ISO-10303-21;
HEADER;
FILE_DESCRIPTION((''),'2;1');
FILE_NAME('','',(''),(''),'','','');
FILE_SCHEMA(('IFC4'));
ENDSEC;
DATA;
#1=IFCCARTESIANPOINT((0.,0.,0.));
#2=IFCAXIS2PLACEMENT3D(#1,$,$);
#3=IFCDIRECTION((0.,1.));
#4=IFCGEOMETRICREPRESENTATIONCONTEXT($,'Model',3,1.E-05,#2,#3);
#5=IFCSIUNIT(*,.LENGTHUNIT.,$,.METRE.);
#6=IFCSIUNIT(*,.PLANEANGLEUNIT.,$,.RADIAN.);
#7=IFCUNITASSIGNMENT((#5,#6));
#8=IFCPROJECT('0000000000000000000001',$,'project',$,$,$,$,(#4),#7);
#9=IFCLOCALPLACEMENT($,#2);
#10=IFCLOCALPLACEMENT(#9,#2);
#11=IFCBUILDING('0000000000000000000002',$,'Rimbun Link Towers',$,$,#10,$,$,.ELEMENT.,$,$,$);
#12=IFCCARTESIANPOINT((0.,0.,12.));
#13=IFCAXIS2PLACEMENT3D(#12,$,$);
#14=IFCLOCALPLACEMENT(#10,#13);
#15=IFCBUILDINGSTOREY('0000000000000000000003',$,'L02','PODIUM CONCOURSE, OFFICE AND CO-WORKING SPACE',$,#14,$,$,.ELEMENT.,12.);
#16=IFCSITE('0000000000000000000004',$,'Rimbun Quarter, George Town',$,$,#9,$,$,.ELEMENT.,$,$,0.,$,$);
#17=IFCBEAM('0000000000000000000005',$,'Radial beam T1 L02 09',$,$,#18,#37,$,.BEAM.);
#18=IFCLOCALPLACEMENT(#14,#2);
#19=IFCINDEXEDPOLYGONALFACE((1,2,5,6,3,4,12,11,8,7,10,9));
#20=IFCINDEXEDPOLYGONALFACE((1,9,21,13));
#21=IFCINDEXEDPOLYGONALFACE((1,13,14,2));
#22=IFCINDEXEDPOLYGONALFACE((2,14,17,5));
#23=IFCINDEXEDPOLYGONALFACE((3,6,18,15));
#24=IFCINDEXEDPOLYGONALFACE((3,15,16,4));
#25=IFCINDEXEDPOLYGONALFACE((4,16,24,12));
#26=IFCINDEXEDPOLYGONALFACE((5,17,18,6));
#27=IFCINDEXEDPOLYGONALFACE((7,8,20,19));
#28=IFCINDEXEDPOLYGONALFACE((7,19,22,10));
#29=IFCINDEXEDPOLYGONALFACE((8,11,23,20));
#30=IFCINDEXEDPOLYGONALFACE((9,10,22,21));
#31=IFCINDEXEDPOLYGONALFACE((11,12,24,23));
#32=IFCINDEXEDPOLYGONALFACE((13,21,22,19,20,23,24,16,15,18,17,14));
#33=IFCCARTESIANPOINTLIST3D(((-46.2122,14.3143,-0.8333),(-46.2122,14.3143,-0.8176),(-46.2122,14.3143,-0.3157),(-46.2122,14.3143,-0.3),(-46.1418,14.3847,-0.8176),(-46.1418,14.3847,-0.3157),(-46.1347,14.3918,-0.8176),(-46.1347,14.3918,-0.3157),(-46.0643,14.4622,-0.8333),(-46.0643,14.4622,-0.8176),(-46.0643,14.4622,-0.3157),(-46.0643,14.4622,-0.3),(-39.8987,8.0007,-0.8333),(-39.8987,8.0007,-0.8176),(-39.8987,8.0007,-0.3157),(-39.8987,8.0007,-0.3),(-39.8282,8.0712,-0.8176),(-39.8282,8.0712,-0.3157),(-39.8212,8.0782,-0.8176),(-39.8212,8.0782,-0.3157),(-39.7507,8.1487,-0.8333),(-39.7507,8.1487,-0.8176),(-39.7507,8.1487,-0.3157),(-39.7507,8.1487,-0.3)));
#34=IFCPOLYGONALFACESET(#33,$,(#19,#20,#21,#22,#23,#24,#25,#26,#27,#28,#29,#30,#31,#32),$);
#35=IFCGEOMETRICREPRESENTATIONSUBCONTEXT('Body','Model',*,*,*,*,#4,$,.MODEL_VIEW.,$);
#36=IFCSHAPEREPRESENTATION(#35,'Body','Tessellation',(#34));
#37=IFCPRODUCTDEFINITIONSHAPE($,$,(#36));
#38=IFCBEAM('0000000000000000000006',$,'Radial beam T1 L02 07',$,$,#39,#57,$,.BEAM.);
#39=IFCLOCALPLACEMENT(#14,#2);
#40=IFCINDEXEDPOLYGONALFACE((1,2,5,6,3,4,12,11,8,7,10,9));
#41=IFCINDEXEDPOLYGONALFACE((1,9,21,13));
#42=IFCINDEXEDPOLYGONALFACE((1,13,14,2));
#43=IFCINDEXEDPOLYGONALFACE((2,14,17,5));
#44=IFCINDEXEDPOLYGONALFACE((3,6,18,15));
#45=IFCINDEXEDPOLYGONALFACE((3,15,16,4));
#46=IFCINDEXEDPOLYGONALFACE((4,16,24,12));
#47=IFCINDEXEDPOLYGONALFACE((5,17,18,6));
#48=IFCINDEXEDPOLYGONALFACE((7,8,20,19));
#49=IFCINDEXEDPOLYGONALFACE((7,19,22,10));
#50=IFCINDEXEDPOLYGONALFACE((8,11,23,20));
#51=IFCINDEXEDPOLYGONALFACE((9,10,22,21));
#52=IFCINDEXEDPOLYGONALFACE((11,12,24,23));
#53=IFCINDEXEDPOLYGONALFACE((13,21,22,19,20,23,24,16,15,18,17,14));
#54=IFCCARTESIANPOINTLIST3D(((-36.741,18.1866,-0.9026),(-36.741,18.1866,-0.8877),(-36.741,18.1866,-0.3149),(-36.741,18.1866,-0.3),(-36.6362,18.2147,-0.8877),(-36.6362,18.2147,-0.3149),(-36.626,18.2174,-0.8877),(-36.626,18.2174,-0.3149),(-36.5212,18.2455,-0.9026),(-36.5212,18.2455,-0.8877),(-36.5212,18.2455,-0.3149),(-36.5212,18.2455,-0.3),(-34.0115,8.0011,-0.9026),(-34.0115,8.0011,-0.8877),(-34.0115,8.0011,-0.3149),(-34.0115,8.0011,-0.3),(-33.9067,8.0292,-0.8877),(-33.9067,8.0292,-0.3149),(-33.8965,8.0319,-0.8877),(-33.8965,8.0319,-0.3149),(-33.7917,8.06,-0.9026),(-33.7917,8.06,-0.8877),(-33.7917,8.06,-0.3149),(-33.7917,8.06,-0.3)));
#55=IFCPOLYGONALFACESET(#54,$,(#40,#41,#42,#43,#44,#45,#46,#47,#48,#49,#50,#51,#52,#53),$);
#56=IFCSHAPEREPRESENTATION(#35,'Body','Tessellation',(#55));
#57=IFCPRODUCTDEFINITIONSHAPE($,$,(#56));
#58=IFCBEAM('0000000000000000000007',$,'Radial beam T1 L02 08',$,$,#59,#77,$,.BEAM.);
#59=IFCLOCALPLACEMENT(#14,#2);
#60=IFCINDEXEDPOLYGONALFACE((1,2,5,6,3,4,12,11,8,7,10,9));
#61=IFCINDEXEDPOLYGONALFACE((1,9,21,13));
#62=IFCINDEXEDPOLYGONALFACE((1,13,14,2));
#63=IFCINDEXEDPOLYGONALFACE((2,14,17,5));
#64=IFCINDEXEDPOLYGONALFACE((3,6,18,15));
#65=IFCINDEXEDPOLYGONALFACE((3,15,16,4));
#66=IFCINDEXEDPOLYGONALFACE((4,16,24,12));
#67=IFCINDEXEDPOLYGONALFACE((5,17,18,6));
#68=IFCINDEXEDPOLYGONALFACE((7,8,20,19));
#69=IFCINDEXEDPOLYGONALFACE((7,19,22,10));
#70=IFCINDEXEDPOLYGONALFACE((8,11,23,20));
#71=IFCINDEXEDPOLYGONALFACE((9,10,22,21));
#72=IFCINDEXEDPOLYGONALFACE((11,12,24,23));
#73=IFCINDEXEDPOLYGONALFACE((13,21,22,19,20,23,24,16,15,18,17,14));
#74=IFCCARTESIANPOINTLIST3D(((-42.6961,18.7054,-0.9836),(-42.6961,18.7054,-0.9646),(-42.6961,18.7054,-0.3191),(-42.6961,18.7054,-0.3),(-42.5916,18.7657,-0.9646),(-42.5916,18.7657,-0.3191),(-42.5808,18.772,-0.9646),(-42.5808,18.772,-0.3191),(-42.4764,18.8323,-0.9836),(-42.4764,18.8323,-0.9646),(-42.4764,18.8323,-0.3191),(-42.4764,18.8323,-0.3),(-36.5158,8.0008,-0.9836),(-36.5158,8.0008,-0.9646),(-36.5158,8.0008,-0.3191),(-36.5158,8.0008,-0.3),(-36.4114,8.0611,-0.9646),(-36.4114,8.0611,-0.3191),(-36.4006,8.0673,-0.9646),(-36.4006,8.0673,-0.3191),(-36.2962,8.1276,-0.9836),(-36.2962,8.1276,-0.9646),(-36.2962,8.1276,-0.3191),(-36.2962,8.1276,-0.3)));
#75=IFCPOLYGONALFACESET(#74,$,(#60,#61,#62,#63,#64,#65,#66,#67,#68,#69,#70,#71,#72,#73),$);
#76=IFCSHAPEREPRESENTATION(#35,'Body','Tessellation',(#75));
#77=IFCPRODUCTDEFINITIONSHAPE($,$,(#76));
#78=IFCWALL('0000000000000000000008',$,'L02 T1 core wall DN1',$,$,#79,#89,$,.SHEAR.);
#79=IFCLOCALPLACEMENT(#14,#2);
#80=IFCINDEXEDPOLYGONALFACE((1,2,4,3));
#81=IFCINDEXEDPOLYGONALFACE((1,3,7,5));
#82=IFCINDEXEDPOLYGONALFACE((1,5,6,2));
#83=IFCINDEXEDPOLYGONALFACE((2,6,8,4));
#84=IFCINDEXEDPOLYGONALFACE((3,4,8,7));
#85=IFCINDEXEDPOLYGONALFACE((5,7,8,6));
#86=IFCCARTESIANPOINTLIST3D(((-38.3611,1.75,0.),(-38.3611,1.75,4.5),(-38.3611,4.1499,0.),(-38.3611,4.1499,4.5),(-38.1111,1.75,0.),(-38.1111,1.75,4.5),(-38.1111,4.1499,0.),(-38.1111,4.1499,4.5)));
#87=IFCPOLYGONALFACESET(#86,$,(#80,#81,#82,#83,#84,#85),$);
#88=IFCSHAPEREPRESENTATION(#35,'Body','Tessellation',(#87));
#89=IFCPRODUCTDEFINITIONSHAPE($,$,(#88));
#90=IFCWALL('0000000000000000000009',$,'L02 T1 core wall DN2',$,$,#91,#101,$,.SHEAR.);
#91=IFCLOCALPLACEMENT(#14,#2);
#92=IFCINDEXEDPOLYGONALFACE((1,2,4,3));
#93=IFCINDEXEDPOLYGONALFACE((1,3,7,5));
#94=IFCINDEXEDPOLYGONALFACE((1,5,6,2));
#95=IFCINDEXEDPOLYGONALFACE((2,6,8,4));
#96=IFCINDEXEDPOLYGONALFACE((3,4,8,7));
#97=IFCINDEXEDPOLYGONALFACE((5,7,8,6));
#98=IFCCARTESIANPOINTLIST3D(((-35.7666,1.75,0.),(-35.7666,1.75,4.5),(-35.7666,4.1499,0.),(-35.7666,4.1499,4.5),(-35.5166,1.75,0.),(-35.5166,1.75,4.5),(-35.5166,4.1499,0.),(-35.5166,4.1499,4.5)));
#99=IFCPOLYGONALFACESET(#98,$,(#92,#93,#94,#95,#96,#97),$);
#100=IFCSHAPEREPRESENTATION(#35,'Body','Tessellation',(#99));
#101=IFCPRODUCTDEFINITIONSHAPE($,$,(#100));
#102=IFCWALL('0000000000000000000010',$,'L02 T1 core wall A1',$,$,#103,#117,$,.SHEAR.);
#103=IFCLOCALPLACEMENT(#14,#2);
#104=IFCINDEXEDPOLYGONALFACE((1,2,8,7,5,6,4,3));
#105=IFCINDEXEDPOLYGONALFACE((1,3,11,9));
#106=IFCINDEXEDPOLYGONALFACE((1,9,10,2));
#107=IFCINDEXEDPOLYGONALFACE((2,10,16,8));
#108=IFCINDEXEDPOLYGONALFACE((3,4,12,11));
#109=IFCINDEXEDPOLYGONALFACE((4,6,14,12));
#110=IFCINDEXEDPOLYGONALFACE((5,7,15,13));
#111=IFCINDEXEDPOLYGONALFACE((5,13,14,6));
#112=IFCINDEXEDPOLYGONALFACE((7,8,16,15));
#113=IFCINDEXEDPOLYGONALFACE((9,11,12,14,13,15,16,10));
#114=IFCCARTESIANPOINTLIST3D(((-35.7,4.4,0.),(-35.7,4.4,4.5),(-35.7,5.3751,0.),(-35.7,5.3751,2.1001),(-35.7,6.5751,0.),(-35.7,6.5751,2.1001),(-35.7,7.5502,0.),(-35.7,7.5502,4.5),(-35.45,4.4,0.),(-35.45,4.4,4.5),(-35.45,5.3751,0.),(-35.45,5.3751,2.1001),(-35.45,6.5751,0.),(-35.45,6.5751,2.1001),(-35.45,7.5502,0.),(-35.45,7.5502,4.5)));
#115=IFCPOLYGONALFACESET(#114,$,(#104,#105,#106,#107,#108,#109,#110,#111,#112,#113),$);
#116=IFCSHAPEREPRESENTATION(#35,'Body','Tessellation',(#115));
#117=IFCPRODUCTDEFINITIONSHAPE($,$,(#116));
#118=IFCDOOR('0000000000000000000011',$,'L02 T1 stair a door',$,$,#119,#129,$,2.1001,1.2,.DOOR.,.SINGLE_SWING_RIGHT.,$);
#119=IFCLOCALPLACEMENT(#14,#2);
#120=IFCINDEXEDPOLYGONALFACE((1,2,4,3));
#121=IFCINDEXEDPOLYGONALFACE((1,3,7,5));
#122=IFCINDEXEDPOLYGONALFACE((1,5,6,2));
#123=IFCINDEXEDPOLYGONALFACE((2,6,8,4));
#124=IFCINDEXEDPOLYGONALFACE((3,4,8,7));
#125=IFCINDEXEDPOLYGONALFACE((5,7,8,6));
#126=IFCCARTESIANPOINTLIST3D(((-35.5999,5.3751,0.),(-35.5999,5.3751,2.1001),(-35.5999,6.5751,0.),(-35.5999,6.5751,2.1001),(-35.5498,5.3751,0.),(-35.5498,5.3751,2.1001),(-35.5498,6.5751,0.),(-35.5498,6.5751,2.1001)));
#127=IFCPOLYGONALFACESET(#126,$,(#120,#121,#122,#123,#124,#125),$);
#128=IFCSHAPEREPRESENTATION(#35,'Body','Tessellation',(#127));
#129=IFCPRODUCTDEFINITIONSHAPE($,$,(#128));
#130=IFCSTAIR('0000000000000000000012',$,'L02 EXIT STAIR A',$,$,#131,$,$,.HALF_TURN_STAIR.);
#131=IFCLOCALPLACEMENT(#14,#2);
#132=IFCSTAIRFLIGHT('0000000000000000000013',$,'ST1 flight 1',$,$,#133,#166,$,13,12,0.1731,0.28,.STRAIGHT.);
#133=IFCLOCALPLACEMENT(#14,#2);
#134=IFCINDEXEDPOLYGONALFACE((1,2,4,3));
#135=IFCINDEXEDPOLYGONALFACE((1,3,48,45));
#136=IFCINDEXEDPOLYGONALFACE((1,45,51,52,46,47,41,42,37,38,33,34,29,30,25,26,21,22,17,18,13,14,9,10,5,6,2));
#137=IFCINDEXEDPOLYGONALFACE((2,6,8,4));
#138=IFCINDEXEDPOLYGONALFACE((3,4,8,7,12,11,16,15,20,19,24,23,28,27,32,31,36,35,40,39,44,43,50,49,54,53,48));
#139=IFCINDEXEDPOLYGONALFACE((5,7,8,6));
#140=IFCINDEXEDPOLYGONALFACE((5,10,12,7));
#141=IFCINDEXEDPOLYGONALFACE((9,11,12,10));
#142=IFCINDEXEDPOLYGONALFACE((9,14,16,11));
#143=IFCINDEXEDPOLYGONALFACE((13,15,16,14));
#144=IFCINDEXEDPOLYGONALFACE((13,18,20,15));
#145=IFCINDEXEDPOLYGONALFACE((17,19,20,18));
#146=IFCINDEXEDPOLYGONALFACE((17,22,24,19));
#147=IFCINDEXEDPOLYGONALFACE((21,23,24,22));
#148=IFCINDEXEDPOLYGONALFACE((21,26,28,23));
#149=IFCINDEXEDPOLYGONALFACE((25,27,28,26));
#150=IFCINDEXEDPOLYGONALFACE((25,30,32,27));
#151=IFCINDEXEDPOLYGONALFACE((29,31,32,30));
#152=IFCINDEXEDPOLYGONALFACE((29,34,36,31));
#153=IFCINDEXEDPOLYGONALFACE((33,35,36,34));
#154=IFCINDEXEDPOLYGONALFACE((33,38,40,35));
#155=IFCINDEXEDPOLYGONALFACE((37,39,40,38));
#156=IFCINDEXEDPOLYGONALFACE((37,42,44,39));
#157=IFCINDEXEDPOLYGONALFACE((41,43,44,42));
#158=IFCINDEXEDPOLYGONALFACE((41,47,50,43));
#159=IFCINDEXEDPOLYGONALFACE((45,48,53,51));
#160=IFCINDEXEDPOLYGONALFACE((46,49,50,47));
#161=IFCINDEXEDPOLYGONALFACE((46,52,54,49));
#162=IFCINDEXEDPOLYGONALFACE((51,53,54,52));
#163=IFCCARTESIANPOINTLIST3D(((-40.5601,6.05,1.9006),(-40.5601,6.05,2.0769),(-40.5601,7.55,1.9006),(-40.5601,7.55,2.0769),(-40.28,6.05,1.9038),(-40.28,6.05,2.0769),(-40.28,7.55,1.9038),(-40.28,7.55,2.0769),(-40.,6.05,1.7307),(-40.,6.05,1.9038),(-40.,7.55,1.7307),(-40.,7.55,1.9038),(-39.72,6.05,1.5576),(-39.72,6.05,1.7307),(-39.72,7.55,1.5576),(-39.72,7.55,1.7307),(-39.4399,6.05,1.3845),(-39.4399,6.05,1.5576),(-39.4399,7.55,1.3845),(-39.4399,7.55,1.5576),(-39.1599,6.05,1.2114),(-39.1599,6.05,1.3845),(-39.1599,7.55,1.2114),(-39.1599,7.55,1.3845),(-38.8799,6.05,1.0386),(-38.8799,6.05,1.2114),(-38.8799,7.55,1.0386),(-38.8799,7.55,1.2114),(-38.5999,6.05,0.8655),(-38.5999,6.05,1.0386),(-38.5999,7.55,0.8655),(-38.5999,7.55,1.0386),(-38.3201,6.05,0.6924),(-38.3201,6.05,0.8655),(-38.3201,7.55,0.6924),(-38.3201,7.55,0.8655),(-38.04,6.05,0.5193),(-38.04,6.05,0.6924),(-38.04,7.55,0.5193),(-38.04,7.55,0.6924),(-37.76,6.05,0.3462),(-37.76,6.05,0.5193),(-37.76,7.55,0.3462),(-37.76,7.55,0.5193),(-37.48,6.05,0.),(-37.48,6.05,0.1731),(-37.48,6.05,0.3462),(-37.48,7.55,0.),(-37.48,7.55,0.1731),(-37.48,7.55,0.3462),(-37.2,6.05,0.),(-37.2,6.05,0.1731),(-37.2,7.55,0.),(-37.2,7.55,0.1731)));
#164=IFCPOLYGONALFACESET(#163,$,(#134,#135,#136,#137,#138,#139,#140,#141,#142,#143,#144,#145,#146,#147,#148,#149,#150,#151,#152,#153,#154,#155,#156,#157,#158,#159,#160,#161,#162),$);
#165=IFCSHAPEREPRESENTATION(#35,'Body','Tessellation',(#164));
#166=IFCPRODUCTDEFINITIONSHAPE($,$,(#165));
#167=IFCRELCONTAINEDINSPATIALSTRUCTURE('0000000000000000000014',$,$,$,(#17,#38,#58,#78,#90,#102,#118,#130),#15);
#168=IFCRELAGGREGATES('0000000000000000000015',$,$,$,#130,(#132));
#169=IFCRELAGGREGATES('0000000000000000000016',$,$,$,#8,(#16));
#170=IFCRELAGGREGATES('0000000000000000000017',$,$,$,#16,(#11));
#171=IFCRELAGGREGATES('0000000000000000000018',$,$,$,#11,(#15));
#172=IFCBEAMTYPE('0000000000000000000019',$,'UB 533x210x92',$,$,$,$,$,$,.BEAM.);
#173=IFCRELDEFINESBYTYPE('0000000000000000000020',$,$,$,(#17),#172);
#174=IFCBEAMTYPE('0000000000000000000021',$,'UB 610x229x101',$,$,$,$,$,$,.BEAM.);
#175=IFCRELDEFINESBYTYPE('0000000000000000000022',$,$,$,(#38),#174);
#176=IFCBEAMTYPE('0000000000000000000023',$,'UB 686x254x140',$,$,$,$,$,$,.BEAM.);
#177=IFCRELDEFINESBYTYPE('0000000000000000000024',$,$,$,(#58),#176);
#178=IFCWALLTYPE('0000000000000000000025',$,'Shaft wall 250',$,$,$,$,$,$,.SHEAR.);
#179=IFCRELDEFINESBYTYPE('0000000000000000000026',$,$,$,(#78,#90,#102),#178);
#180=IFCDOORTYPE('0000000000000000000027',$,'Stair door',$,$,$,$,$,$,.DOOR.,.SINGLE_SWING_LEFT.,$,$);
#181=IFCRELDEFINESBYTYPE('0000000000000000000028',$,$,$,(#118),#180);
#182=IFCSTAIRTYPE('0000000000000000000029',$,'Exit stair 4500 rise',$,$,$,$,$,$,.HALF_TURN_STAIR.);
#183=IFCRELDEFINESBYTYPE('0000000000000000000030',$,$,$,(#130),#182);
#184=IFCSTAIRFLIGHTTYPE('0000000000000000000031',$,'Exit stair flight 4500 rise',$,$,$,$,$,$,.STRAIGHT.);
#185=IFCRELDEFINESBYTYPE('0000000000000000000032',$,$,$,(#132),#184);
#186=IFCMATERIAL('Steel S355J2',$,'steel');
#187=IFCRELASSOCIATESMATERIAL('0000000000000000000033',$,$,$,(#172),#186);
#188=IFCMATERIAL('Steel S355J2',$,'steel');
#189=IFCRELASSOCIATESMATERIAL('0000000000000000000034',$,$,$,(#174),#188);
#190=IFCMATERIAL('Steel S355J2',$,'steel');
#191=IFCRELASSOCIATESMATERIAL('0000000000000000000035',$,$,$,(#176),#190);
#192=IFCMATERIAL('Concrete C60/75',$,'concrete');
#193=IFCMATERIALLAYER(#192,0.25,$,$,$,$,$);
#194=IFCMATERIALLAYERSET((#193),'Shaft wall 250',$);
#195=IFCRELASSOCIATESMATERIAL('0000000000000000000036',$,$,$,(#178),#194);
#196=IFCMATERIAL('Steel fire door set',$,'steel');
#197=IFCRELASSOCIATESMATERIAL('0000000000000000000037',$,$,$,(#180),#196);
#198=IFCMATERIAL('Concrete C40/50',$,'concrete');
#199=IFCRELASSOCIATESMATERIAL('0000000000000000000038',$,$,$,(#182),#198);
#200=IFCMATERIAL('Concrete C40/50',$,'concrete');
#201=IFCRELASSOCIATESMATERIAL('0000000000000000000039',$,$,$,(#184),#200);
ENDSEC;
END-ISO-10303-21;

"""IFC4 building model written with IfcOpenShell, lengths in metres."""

from ifc_helpers import new_model, si_unit, direction, frame, frame_2d, origin, origin_2d, place, context, subcontext, project, spatial, polyline, rectangle, i_section, outline, extrude, material, layer, layer_set, material_profile, profile_set, type_object, element, fill, aggregate, save


model = new_model("IFC4")

# Units and contexts
model_context = context("Model", 3, precision=1e-05, world=origin(), true_north=direction((0.0, 1.0)))
body_context = subcontext(model_context, "Body", "Model", "MODEL_VIEW")
ifc_project = project(units=[si_unit("LENGTHUNIT", "METRE"), si_unit("PLANEANGLEUNIT", "RADIAN")], contexts=[model_context])

# Site, building, storey
site_placement = place(None, origin())
site = spatial("IfcSite", under=ifc_project, at=site_placement, Name="Rimbun Quarter, George Town", CompositionType="ELEMENT", RefElevation=0.0)
building_placement = place(site_placement, origin())
building = spatial("IfcBuilding", under=site, at=building_placement, Name="Rimbun Link Towers", CompositionType="ELEMENT")
storey_placement = place(building_placement, frame((0.0, 0.0, 12.0)))
storey = spatial("IfcBuildingStorey", under=building, at=storey_placement, Name="L02", Description="PODIUM CONCOURSE, OFFICE AND CO-WORKING SPACE", CompositionType="ELEMENT", Elevation=12.0)

# Beams
ifc_material_1 = material(Name="Steel S355J2", Category="steel")
ifc_material_profile_1 = material_profile(ifc_material_1, i_section(OverallWidth=0.2092, OverallDepth=0.5332, WebThickness=0.01, FlangeThickness=0.0156, at=origin_2d()), Name="UB 533x210x92")
ifc_profile_set_1 = profile_set([ifc_material_profile_1], Name="Steel S355J2")
beam_type_1 = type_object("IfcBeamType", Name="UB 533x210x92", PredefinedType="BEAM", material=ifc_profile_set_1)
beam_1_placement = place(storey_placement, frame((-39.8247, 8.0747, -0.5667), z_axis=(-0.707107, 0.707107, 0.0), x_axis=(-0.707107, -0.707107, 0.0)))
element("IfcBeam", 1, at=beam_1_placement, inside=storey, type_object=beam_type_1, Name="Radial beam T1 L02 09", PredefinedType="BEAM", context=body_context, shape_type="SweptSolid", body=[
    extrude(i_section(OverallWidth=0.2092, OverallDepth=0.5332, WebThickness=0.01, FlangeThickness=0.0156, at=origin_2d()), origin(), (0.0, 0.0, 1.0), 8.9287),
])
ifc_material_2 = material(Name="Steel S355J2", Category="steel")
ifc_material_profile_2 = material_profile(ifc_material_2, i_section(OverallWidth=0.2275, OverallDepth=0.6025, WebThickness=0.0105, FlangeThickness=0.0149, at=origin_2d()), Name="UB 610x229x101")
ifc_profile_set_2 = profile_set([ifc_material_profile_2], Name="Steel S355J2")
beam_type_2 = type_object("IfcBeamType", Name="UB 610x229x101", PredefinedType="BEAM", material=ifc_profile_set_2)
beam_2_placement = place(storey_placement, frame((-33.9016, 8.0305, -0.6013), z_axis=(-0.258844, 0.965919, 0.0), x_axis=(-0.965919, -0.258844, 0.0)))
element("IfcBeam", 2, at=beam_2_placement, inside=storey, type_object=beam_type_2, Name="Radial beam T1 L02 07", PredefinedType="BEAM", context=body_context, shape_type="SweptSolid", body=[
    extrude(i_section(OverallWidth=0.2275, OverallDepth=0.6025, WebThickness=0.0105, FlangeThickness=0.0149, at=origin_2d()), origin(), (0.0, 0.0, 1.0), 10.5449),
])
ifc_material_3 = material(Name="Steel S355J2", Category="steel")
ifc_material_profile_3 = material_profile(ifc_material_3, i_section(OverallWidth=0.2537, OverallDepth=0.6836, WebThickness=0.0125, FlangeThickness=0.019, at=origin_2d()), Name="UB 686x254x140")
ifc_profile_set_3 = profile_set([ifc_material_profile_3], Name="Steel S355J2")
beam_type_3 = type_object("IfcBeamType", Name="UB 686x254x140", PredefinedType="BEAM", material=ifc_profile_set_3)
beam_3_placement = place(storey_placement, frame((-36.406, 8.0642, -0.6418), z_axis=(-0.499993, 0.86603, 0.0), x_axis=(-0.86603, -0.499993, 0.0)))
element("IfcBeam", 3, at=beam_3_placement, inside=storey, type_object=beam_type_3, Name="Radial beam T1 L02 08", PredefinedType="BEAM", context=body_context, shape_type="SweptSolid", body=[
    extrude(i_section(OverallWidth=0.2537, OverallDepth=0.6836, WebThickness=0.0125, FlangeThickness=0.019, at=origin_2d()), origin(), (0.0, 0.0, 1.0), 12.3606),
])

# Walls
ifc_material_4 = material(Name="Concrete C60/75", Category="concrete")
ifc_layer = layer(ifc_material_4, 0.25)
ifc_layer_set = layer_set([ifc_layer], Name="Shaft wall 250")
wall_type = type_object("IfcWallType", Name="Shaft wall 250", PredefinedType="SHEAR", material=ifc_layer_set)
for number, where, z_axis, x_axis, name in (
    (4, (-38.2361, 1.75, 0.0), (0.0, 0.0, 1.0), (0.0, 1.0, 0.0), "L02 T1 core wall DN1"),
    (5, (-35.6416, 1.75, 0.0), (0.0, 0.0, 1.0), (0.0, 1.0, 0.0), "L02 T1 core wall DN2"),
):
    element("IfcWall", number, at=place(storey_placement, frame(where, z_axis=z_axis, x_axis=x_axis)), inside=storey, type_object=wall_type, Name=name, PredefinedType="SHEAR", context=body_context, shape_type="SweptSolid", body=[
        extrude(rectangle(XDim=2.3999, YDim=0.25, at=frame_2d((1.2, 0.0))), origin(), (0.0, 0.0, 1.0), 4.5),
    ])

# Wall, opening, door
wall_placement = place(storey_placement, frame((-35.575, 4.3999, 0.0), z_axis=(0.0, 0.0, 1.0), x_axis=(0.0, 1.0, 0.0)))
wall = element("IfcWall", 6, at=wall_placement, inside=storey, type_object=wall_type, Name="L02 T1 core wall A1", PredefinedType="SHEAR", context=body_context, shape_type="SweptSolid", body=[
    extrude(rectangle(XDim=3.1501, YDim=0.25, at=frame_2d((1.5752, 0.0))), origin(), (0.0, 0.0, 1.0), 4.5),
])
opening_placement = place(wall_placement, frame((0.9751, 0.0, 0.0)))
opening = element("IfcOpeningElement", 7, at=opening_placement, cuts=wall, PredefinedType="OPENING", context=body_context, shape_type="SweptSolid", body=[
    extrude(rectangle(XDim=1.2, YDim=2.1001, at=frame_2d((0.6001, 1.05))), frame((0.0, 0.135, 0.0), z_axis=(0.0, -1.0, 0.0), x_axis=(1.0, 0.0, 0.0)), (0.0, 0.0, 1.0), 0.27),
])
ifc_material_5 = material(Name="Steel fire door set", Category="steel")
door_type = type_object("IfcDoorType", Name="Stair door", OperationType="SINGLE_SWING_LEFT", PredefinedType="DOOR", material=ifc_material_5)
door_placement = place(opening_placement, origin())
door = element("IfcDoor", 8, at=door_placement, inside=storey, type_object=door_type, Name="L02 T1 stair a door", OperationType="SINGLE_SWING_RIGHT", OverallHeight=2.1001, OverallWidth=1.2, PredefinedType="DOOR", context=body_context, shape_type="SweptSolid", body=[
    extrude(rectangle(XDim=1.2, YDim=2.1001, at=frame_2d((0.6001, 1.05))), frame((0.0, 0.0249, 0.0), z_axis=(0.0, -1.0, 0.0), x_axis=(1.0, 0.0, 0.0)), (0.0, 0.0, 1.0), 0.05),
])
fill(opening, door)

# Stair, stair flight
ifc_material_6 = material(Name="Concrete C40/50", Category="concrete")
stair_type = type_object("IfcStairType", Name="Exit stair 4500 rise", PredefinedType="HALF_TURN_STAIR", material=ifc_material_6)
stair_placement = place(storey_placement, origin())
stair = element("IfcStair", 9, at=stair_placement, inside=storey, type_object=stair_type, Name="L02 EXIT STAIR A", PredefinedType="HALF_TURN_STAIR")
ifc_material_7 = material(Name="Concrete C40/50", Category="concrete")
stair_flight_type = type_object("IfcStairFlightType", Name="Exit stair flight 4500 rise", PredefinedType="STRAIGHT", material=ifc_material_7)
stair_flight_1_placement = place(storey_placement, frame((-37.2, 6.8, 0.0), z_axis=(0.0, 0.0, 1.0), x_axis=(-1.0, 0.0, 0.0)))
stair_flight_1 = element("IfcStairFlight", 10, at=stair_flight_1_placement, type_object=stair_flight_type, Name="ST1 flight 1", NumberOfRisers=13, NumberOfTreads=12, PredefinedType="STRAIGHT", RiserHeight=0.1731, TreadLength=0.28, context=body_context, shape_type="SweptSolid", body=[
    extrude(outline(polyline([(0.0, 0.0), (0.0, 0.1731), (0.28, 0.1731), (0.28, 0.3462), (0.5601, 0.3462), (0.5601, 0.5193), (0.8401, 0.5193), (0.8401, 0.6924), (1.1201, 0.6924), (1.1201, 0.8655), (1.3999, 0.8655), (1.3999, 1.0386), (1.6799, 1.0386), (1.6799, 1.2114), (1.96, 1.2114), (1.96, 1.3845), (2.24, 1.3845), (2.24, 1.5576), (2.52, 1.5576), (2.52, 1.7307), (2.8, 1.7307), (2.8, 1.9038), (3.0801, 1.9038), (3.0801, 2.0769), (3.3601, 2.0769), (3.3601, 2.25), (3.3601, 1.9006), (0.28, 0.0), (0.0, 0.0)])), frame((0.0, 0.75, 0.0), z_axis=(0.0, -1.0, 0.0), x_axis=(1.0, 0.0, 0.0)), (0.0, 0.0, 1.0), 1.5),
])
aggregate(stair, [stair_flight_1])

save(model, "model.ifc")
